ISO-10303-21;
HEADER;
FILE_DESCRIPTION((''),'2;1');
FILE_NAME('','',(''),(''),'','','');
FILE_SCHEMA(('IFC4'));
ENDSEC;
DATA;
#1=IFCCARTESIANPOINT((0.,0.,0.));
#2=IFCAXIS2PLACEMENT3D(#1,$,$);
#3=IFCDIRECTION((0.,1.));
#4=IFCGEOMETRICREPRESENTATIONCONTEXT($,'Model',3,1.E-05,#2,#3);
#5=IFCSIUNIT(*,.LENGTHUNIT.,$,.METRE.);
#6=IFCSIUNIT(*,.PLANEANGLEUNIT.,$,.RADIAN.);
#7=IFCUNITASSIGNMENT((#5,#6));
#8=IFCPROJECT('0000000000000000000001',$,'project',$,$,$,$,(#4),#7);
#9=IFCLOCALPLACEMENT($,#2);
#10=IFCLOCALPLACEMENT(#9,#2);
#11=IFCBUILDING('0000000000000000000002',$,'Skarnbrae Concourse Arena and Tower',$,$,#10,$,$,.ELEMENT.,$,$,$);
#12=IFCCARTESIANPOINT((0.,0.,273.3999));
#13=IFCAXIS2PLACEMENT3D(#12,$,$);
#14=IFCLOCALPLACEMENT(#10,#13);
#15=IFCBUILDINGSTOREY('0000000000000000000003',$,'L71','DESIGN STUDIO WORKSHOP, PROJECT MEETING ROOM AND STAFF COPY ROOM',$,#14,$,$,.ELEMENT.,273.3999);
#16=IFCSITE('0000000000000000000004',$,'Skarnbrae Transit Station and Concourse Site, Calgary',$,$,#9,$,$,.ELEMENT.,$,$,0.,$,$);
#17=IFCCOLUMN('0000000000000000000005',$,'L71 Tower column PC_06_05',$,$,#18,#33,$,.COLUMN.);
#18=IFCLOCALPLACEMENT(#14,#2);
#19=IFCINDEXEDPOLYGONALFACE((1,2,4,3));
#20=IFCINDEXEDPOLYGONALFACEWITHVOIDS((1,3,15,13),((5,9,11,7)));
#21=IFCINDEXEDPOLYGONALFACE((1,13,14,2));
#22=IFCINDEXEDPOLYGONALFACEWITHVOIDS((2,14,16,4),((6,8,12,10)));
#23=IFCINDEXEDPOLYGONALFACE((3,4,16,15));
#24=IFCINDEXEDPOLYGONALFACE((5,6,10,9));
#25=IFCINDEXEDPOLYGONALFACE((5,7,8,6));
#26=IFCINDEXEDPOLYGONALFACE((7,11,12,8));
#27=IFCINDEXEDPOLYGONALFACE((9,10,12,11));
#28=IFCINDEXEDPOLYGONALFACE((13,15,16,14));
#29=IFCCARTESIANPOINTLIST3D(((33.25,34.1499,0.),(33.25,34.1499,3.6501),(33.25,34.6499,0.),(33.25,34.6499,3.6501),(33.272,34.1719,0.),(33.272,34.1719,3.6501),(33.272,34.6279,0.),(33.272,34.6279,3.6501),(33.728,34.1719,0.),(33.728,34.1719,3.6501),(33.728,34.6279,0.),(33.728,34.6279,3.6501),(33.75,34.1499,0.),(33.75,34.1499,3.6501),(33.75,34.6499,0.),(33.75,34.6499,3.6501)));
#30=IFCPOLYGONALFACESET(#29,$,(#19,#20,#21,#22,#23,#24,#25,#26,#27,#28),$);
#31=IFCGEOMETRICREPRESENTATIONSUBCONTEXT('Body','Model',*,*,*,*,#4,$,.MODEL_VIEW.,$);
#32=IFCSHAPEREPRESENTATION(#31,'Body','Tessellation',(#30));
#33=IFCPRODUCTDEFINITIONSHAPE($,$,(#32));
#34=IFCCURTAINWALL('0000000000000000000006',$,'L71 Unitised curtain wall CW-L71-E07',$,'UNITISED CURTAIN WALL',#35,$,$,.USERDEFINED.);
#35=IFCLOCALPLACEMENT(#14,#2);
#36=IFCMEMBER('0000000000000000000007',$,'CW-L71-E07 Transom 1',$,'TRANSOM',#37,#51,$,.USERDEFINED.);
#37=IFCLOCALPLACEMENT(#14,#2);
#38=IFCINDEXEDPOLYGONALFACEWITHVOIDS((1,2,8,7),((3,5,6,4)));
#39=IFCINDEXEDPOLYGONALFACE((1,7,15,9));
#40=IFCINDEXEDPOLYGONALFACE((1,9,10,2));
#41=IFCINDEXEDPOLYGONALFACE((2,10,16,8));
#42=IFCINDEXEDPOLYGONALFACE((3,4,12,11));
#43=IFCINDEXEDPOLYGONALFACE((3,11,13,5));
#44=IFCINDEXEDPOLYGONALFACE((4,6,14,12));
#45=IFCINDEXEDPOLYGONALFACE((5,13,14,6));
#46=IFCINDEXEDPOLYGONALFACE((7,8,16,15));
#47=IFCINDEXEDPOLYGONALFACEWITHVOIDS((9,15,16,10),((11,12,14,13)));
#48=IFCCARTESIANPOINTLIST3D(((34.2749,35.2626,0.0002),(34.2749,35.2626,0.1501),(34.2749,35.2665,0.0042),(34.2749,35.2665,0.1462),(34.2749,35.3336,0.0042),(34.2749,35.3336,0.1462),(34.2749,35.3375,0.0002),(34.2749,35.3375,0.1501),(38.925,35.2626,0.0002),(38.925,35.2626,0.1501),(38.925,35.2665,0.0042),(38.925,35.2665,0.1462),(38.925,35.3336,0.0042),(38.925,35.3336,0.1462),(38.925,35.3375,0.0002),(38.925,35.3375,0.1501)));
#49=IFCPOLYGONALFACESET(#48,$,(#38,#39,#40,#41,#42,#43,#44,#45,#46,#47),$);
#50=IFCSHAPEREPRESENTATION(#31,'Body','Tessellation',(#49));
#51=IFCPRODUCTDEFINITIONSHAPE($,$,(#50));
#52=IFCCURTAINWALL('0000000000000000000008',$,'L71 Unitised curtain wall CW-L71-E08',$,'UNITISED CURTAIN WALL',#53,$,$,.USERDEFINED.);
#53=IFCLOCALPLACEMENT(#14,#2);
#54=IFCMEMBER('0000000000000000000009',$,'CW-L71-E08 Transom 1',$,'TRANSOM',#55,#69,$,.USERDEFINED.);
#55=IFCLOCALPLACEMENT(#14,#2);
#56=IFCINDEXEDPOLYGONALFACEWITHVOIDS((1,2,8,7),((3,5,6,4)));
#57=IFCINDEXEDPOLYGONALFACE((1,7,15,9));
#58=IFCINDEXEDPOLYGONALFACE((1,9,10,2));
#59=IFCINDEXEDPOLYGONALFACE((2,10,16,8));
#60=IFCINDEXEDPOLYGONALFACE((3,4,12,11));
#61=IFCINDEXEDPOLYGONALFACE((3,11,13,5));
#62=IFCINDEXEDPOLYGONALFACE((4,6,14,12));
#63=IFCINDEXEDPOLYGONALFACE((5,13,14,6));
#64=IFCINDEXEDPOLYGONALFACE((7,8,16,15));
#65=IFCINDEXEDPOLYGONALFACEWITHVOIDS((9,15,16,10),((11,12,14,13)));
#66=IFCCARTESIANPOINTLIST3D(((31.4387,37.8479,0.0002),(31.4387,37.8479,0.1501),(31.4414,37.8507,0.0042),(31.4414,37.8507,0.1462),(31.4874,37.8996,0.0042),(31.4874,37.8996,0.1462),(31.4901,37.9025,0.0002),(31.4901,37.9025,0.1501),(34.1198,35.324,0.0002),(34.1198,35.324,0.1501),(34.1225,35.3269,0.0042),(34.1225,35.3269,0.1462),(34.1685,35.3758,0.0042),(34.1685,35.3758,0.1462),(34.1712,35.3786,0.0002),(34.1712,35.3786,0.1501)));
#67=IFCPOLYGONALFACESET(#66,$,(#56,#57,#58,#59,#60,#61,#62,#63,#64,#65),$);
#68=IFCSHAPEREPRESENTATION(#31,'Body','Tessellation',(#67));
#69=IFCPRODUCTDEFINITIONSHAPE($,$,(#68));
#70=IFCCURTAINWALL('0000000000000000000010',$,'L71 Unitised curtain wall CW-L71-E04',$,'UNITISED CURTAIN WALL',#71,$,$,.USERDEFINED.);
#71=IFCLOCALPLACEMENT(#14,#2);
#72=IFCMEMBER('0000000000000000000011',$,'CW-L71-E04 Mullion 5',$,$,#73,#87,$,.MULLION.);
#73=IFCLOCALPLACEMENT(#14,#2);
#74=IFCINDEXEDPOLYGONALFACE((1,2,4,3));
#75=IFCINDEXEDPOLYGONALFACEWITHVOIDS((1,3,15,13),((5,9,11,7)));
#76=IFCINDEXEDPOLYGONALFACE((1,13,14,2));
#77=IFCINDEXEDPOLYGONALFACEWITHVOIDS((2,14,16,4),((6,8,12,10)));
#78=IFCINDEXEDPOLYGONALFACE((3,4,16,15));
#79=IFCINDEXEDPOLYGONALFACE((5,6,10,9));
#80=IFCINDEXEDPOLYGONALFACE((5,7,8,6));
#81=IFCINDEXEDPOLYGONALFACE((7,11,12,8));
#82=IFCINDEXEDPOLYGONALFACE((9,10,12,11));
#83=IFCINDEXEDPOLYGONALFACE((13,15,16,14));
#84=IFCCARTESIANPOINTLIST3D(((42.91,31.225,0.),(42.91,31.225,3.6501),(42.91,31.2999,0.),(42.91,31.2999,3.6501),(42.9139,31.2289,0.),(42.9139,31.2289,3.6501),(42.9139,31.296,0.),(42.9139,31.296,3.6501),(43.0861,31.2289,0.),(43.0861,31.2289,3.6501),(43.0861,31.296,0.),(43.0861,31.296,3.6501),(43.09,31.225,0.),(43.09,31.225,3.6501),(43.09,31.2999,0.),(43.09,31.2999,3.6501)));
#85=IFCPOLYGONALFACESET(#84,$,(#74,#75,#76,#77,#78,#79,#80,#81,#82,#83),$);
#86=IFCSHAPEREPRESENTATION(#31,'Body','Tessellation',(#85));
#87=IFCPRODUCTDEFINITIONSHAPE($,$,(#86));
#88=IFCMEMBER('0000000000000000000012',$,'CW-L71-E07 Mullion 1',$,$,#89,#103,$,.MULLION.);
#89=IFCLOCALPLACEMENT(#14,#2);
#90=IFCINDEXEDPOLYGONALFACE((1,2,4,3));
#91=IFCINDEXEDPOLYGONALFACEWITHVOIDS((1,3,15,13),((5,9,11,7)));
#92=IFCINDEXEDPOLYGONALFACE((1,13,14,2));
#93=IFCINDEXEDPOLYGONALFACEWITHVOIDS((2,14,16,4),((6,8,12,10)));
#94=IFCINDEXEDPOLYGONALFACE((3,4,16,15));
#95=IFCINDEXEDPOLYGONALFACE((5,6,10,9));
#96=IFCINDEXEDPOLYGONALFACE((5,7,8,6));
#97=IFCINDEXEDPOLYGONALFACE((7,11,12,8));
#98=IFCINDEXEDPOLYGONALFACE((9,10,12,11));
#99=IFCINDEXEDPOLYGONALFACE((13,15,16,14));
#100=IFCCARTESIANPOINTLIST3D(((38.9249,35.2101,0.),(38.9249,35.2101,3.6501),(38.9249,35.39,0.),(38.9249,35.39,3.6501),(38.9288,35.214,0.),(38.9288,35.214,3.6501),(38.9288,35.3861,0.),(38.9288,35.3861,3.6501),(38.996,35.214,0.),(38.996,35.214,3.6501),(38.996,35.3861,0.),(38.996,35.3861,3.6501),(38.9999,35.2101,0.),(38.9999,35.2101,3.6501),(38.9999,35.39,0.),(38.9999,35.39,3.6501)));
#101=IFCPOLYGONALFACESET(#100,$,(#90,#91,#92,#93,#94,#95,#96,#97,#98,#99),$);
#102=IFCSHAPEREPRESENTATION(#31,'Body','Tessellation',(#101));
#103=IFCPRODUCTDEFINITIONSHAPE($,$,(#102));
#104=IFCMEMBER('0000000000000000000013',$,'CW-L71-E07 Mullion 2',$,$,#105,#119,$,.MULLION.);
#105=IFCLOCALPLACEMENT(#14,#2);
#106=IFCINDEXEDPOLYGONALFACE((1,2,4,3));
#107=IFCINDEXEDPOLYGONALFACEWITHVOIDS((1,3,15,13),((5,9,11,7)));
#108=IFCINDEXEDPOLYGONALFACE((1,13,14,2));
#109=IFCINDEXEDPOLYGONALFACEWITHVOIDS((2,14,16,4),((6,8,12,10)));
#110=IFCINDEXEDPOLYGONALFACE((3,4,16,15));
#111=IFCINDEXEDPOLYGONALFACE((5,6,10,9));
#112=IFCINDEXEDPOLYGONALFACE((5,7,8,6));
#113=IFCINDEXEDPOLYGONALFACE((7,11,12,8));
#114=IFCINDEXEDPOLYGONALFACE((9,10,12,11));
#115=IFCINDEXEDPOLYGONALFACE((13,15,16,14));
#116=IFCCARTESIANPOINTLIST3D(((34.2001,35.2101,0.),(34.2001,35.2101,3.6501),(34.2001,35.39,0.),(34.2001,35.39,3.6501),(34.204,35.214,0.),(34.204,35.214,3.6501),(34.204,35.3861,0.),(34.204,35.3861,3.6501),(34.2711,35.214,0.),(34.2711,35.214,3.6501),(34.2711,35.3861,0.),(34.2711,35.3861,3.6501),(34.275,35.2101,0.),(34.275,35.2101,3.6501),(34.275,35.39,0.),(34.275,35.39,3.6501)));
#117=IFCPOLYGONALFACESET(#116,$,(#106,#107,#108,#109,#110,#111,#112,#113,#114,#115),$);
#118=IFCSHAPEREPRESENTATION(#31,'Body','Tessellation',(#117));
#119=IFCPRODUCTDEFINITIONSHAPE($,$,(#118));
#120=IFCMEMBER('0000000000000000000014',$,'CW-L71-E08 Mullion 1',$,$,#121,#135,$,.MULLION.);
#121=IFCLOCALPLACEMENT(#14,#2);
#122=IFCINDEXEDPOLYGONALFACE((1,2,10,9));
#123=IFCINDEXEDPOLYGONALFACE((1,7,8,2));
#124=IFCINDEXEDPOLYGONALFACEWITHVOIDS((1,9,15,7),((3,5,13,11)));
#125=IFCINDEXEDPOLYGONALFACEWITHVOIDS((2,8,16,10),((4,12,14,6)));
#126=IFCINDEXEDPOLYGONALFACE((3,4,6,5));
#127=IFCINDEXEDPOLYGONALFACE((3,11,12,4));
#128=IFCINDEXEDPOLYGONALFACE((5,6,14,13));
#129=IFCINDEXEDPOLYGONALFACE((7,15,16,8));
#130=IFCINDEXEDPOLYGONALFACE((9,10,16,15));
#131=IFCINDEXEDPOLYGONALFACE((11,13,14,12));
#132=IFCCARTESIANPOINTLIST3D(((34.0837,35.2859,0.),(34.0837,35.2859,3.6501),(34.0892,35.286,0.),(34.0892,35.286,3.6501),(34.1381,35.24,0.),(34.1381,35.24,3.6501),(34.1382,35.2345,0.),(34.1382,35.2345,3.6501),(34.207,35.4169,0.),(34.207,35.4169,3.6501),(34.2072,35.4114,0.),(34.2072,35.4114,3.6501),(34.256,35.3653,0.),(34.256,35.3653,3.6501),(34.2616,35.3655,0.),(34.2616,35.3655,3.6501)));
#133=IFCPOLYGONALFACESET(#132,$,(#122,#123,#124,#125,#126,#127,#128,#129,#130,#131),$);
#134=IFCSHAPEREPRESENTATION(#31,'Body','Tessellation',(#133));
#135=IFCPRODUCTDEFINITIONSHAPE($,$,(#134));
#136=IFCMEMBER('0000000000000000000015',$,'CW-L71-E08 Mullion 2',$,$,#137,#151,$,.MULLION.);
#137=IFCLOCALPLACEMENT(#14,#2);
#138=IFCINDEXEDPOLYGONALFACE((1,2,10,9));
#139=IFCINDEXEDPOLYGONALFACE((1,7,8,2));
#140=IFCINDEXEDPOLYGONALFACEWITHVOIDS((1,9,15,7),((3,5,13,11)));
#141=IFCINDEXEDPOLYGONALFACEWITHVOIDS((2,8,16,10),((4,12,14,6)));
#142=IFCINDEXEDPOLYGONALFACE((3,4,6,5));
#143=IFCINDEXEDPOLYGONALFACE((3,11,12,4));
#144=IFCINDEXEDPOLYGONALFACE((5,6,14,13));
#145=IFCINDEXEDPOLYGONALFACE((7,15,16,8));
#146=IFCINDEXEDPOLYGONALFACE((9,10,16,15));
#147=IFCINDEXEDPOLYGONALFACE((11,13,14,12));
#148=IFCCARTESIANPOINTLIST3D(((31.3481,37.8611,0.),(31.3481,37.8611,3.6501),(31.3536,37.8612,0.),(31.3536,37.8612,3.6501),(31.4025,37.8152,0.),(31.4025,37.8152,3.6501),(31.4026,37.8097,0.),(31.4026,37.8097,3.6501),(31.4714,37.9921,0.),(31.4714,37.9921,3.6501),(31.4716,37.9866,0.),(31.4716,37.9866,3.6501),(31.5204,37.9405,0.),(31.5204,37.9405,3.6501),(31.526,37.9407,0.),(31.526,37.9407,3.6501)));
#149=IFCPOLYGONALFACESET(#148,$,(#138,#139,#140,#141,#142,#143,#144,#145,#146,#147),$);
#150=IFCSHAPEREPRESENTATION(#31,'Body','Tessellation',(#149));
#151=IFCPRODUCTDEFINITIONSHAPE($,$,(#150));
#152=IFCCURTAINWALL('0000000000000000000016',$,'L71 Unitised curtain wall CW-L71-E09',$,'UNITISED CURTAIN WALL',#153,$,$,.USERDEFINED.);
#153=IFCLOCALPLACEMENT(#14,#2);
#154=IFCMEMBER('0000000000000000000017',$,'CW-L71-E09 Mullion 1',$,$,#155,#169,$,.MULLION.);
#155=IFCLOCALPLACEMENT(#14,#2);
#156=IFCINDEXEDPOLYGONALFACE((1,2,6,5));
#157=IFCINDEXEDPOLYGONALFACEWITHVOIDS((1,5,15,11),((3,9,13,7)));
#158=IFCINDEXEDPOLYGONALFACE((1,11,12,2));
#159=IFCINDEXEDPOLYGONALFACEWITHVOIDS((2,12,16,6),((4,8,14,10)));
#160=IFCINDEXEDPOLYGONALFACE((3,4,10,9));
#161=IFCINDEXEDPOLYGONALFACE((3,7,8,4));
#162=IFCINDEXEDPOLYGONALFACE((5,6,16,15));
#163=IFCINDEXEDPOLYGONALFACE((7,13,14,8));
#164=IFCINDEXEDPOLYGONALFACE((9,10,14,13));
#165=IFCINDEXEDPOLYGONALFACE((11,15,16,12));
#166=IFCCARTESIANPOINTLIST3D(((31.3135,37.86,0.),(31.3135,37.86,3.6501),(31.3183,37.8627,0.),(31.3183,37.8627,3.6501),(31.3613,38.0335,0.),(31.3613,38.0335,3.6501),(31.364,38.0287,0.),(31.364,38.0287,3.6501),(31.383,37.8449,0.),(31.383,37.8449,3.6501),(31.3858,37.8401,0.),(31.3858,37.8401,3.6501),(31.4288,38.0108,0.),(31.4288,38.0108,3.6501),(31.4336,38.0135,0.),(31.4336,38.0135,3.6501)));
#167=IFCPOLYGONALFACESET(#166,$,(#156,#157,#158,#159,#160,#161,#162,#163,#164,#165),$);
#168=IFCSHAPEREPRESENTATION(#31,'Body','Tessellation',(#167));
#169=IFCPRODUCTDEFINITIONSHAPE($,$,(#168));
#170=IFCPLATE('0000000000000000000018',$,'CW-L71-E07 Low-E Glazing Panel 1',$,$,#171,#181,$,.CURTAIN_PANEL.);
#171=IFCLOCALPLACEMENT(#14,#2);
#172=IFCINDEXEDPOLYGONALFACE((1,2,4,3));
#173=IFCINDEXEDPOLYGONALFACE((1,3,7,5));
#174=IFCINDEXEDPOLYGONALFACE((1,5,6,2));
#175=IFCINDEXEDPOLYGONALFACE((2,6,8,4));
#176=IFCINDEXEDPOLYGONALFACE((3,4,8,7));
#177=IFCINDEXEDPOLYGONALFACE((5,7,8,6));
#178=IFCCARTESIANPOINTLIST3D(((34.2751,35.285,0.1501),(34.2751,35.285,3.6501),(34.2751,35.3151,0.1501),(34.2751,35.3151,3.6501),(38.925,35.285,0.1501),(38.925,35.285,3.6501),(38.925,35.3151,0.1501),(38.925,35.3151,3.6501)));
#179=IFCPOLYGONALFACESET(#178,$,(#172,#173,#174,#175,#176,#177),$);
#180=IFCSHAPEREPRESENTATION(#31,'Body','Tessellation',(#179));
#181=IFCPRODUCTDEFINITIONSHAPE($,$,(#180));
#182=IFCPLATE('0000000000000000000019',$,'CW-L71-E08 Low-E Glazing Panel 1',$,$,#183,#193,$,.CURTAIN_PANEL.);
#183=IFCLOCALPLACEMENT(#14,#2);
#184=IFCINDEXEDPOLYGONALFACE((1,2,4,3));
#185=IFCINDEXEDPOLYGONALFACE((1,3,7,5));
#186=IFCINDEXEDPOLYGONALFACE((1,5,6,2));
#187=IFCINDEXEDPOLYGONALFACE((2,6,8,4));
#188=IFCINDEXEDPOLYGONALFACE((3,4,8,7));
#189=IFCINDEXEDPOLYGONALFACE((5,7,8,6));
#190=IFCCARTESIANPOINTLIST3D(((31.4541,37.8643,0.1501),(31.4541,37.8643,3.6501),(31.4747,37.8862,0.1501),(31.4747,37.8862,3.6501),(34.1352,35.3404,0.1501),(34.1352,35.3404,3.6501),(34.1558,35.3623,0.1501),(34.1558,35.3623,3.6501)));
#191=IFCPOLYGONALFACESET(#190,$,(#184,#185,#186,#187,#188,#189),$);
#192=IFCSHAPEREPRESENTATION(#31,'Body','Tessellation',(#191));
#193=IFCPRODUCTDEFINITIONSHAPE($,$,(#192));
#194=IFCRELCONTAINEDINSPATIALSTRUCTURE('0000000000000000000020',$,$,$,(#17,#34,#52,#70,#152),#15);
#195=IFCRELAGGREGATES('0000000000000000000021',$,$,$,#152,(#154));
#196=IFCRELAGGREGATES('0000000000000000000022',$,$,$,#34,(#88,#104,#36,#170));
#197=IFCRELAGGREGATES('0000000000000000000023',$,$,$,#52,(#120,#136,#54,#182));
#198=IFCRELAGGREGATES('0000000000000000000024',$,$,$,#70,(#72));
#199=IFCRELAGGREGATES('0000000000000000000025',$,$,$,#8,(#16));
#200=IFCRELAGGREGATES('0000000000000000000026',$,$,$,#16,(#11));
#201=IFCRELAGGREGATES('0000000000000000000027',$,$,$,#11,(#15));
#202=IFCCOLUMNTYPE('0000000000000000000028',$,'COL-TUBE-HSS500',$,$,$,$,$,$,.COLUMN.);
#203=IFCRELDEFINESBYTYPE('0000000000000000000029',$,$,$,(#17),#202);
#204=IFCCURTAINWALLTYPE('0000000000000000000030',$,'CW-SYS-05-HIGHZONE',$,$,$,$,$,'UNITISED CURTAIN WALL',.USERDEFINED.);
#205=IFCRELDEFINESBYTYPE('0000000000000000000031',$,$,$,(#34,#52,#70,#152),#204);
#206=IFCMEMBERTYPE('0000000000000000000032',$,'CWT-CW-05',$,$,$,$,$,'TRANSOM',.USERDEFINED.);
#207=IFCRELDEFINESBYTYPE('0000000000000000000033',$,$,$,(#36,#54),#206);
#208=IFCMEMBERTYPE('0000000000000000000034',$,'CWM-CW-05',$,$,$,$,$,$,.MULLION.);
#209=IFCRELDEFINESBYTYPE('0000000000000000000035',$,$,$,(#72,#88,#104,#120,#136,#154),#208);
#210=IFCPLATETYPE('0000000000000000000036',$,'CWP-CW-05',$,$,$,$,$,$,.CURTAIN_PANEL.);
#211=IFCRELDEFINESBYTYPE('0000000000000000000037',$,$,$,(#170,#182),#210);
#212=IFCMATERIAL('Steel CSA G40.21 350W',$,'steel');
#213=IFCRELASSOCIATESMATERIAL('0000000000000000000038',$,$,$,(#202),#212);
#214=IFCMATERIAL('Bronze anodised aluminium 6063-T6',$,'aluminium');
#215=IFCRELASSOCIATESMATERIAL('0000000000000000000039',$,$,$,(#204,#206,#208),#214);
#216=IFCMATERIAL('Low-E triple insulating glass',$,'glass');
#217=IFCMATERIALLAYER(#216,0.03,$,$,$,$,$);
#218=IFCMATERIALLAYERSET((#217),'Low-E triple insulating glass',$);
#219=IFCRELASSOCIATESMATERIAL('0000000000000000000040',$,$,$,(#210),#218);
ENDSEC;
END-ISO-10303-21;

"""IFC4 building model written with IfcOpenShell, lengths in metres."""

from ifc_helpers import new_model, si_unit, direction, frame, origin, origin_2d, place, context, subcontext, project, spatial, rectangle, hollow_rectangle, extrude, source, transform, mapped, material, layer, layer_set, material_profile, profile_set, type_object, element, aggregate, save


model = new_model("IFC4")

# Units and contexts
model_context = context("Model", 3, precision=1e-05, world=origin(), true_north=direction((0.0, 1.0)))
body_context = subcontext(model_context, "Body", "Model", "MODEL_VIEW")
ifc_project = project(units=[si_unit("LENGTHUNIT", "METRE"), si_unit("PLANEANGLEUNIT", "RADIAN")], contexts=[model_context])

# Site, building, storey
site_placement = place(None, origin())
site = spatial("IfcSite", under=ifc_project, at=site_placement, Name="Skarnbrae Transit Station and Concourse Site, Calgary", CompositionType="ELEMENT", RefElevation=0.0)
building_placement = place(site_placement, origin())
building = spatial("IfcBuilding", under=site, at=building_placement, Name="Skarnbrae Concourse Arena and Tower", CompositionType="ELEMENT")
storey_placement = place(building_placement, frame((0.0, 0.0, 273.3999)))
storey = spatial("IfcBuildingStorey", under=building, at=storey_placement, Name="L71", Description="DESIGN STUDIO WORKSHOP, PROJECT MEETING ROOM AND STAFF COPY ROOM", CompositionType="ELEMENT", Elevation=273.3999)

# Column
ifc_material_1 = material(Name="Steel CSA G40.21 350W", Category="steel")
ifc_material_profile_1 = material_profile(ifc_material_1, hollow_rectangle(XDim=0.5, YDim=0.5, WallThickness=0.022, at=origin_2d()), Name="HSS500X500X22.0")
ifc_profile_set_1 = profile_set([ifc_material_profile_1], Name="Steel CSA G40.21 350W")
column_type = type_object("IfcColumnType", Name="COL-TUBE-HSS500", PredefinedType="COLUMN", material=ifc_profile_set_1)
shared_shape_1 = source(origin(), body_context, "Body", "SweptSolid", [
    extrude(hollow_rectangle(XDim=0.5, YDim=0.5, WallThickness=0.022, at=origin_2d()), origin(), (0.0, 0.0, 1.0), 3.6501),
])
column_placement = place(storey_placement, frame((33.5, 34.3999, 0.0), z_axis=(0.0, 0.0, 1.0), x_axis=(1.0, 0.0, 0.0)))
element("IfcColumn", 1, at=column_placement, inside=storey, type_object=column_type, Name="L71 Tower column PC_06_05", PredefinedType="COLUMN", context=body_context, shape_type="MappedRepresentation", body=[
    mapped(shared_shape_1, transform((0.0, 0.0, 0.0))),
])

# Curtain walls, members
ifc_material_2 = material(Name="Bronze anodised aluminium 6063-T6", Category="aluminium")
curtain_wall_type = type_object("IfcCurtainWallType", Name="CW-SYS-05-HIGHZONE", ElementType="UNITISED CURTAIN WALL", PredefinedType="USERDEFINED", material=ifc_material_2)
curtain_wall_1_placement = place(storey_placement, origin())
curtain_wall_1 = element("IfcCurtainWall", 2, at=curtain_wall_1_placement, inside=storey, type_object=curtain_wall_type, Name="L71 Unitised curtain wall CW-L71-E07", ObjectType="UNITISED CURTAIN WALL", PredefinedType="USERDEFINED")
ifc_material_profile_2 = material_profile(ifc_material_2, hollow_rectangle(XDim=0.075, YDim=0.1499, WallThickness=0.0039, at=origin_2d()), Name="ALU-TRAN-75X150")
ifc_profile_set_2 = profile_set([ifc_material_profile_2], Name="Bronze anodised aluminium 6063-T6")
member_type_1 = type_object("IfcMemberType", Name="CWT-CW-05", ElementType="TRANSOM", PredefinedType="USERDEFINED", material=ifc_profile_set_2)
shared_shape_2 = source(origin(), body_context, "Body", "SweptSolid", [
    extrude(hollow_rectangle(XDim=0.075, YDim=0.1499, WallThickness=0.0039, at=origin_2d()), origin(), (0.0, 0.0, 1.0), 4.6501),
])
member_1_placement = place(storey_placement, frame((38.925, 35.3, 0.0752), z_axis=(-1.0, 0.0, 0.0), x_axis=(0.0, -1.0, 0.0)))
member_1 = element("IfcMember", 3, at=member_1_placement, type_object=member_type_1, Name="CW-L71-E07 Transom 1", ObjectType="TRANSOM", PredefinedType="USERDEFINED", context=body_context, shape_type="MappedRepresentation", body=[
    mapped(shared_shape_2, transform((0.0, 0.0, 0.0))),
])
curtain_wall_2_placement = place(storey_placement, origin())
curtain_wall_2 = element("IfcCurtainWall", 4, at=curtain_wall_2_placement, inside=storey, type_object=curtain_wall_type, Name="L71 Unitised curtain wall CW-L71-E08", ObjectType="UNITISED CURTAIN WALL", PredefinedType="USERDEFINED")
shared_shape_3 = source(origin(), body_context, "Body", "SweptSolid", [
    extrude(hollow_rectangle(XDim=0.075, YDim=0.1499, WallThickness=0.0039, at=origin_2d()), origin(), (0.0, 0.0, 1.0), 3.6821),
])
member_2_placement = place(storey_placement, frame((34.1455, 35.3513, 0.0752), z_axis=(-0.728134, 0.685435, 0.0), x_axis=(-0.685435, -0.728134, 0.0)))
member_2 = element("IfcMember", 5, at=member_2_placement, type_object=member_type_1, Name="CW-L71-E08 Transom 1", ObjectType="TRANSOM", PredefinedType="USERDEFINED", context=body_context, shape_type="MappedRepresentation", body=[
    mapped(shared_shape_3, transform((0.0, 0.0, 0.0))),
])
curtain_wall_3_placement = place(storey_placement, origin())
curtain_wall_3 = element("IfcCurtainWall", 6, at=curtain_wall_3_placement, inside=storey, type_object=curtain_wall_type, Name="L71 Unitised curtain wall CW-L71-E04", ObjectType="UNITISED CURTAIN WALL", PredefinedType="USERDEFINED")
ifc_material_profile_3 = material_profile(ifc_material_2, hollow_rectangle(XDim=0.075, YDim=0.1799, WallThickness=0.0039, at=origin_2d()), Name="ALU-MULL-75X180")
ifc_profile_set_3 = profile_set([ifc_material_profile_3], Name="Bronze anodised aluminium 6063-T6")
member_type_2 = type_object("IfcMemberType", Name="CWM-CW-05", PredefinedType="MULLION", material=ifc_profile_set_3)
shared_shape_4 = source(origin(), body_context, "Body", "SweptSolid", [
    extrude(hollow_rectangle(XDim=0.075, YDim=0.1799, WallThickness=0.0039, at=origin_2d()), origin(), (0.0, 0.0, 1.0), 3.6501),
])
member_3_placement = place(storey_placement, frame((43.0, 31.2625, 0.0), z_axis=(0.0, 0.0, 1.0), x_axis=(0.0, 1.0, 0.0)))
member_3 = element("IfcMember", 7, at=member_3_placement, type_object=member_type_2, Name="CW-L71-E04 Mullion 5", PredefinedType="MULLION", context=body_context, shape_type="MappedRepresentation", body=[
    mapped(shared_shape_4, transform((0.0, 0.0, 0.0))),
])

# Members
member_4_placement = place(storey_placement, frame((38.9624, 35.3, 0.0), z_axis=(0.0, 0.0, 1.0), x_axis=(-1.0, 0.0, 0.0)))
member_4 = element("IfcMember", 8, at=member_4_placement, type_object=member_type_2, Name="CW-L71-E07 Mullion 1", PredefinedType="MULLION", context=body_context, shape_type="MappedRepresentation", body=[
    mapped(shared_shape_4, transform((0.0, 0.0, 0.0))),
])
member_5_placement = place(storey_placement, frame((34.2375, 35.3, 0.0), z_axis=(0.0, 0.0, 1.0), x_axis=(-1.0, 0.0, 0.0)))
member_5 = element("IfcMember", 9, at=member_5_placement, type_object=member_type_2, Name="CW-L71-E07 Mullion 2", PredefinedType="MULLION", context=body_context, shape_type="MappedRepresentation", body=[
    mapped(shared_shape_4, transform((0.0, 0.0, 0.0))),
])
member_6_placement = place(storey_placement, frame((34.1726, 35.3257, 0.0), z_axis=(0.0, 0.0, 1.0), x_axis=(-0.728131, 0.685438, 0.0)))
member_6 = element("IfcMember", 10, at=member_6_placement, type_object=member_type_2, Name="CW-L71-E08 Mullion 1", PredefinedType="MULLION", context=body_context, shape_type="MappedRepresentation", body=[
    mapped(shared_shape_4, transform((0.0, 0.0, 0.0))),
])
member_7_placement = place(storey_placement, frame((31.437, 37.9009, 0.0), z_axis=(0.0, 0.0, 1.0), x_axis=(-0.728131, 0.685438, 0.0)))
member_7 = element("IfcMember", 11, at=member_7_placement, type_object=member_type_2, Name="CW-L71-E08 Mullion 2", PredefinedType="MULLION", context=body_context, shape_type="MappedRepresentation", body=[
    mapped(shared_shape_4, transform((0.0, 0.0, 0.0))),
])

# Curtain wall, member
curtain_wall_4_placement = place(storey_placement, origin())
curtain_wall_4 = element("IfcCurtainWall", 12, at=curtain_wall_4_placement, inside=storey, type_object=curtain_wall_type, Name="L71 Unitised curtain wall CW-L71-E09", ObjectType="UNITISED CURTAIN WALL", PredefinedType="USERDEFINED")
member_8_placement = place(storey_placement, frame((31.3735, 37.9368, 0.0), z_axis=(0.0, 0.0, 1.0), x_axis=(-0.964057, 0.265694, 0.0)))
member_8 = element("IfcMember", 13, at=member_8_placement, type_object=member_type_2, Name="CW-L71-E09 Mullion 1", PredefinedType="MULLION", context=body_context, shape_type="MappedRepresentation", body=[
    mapped(shared_shape_4, transform((0.0, 0.0, 0.0))),
])
aggregate(curtain_wall_4, [member_8])

# Plates
ifc_material_3 = material(Name="Low-E triple insulating glass", Category="glass")
ifc_layer_1 = layer(ifc_material_3, 0.03)
ifc_layer_set_1 = layer_set([ifc_layer_1], Name="Low-E triple insulating glass")
plate_type = type_object("IfcPlateType", Name="CWP-CW-05", PredefinedType="CURTAIN_PANEL", material=ifc_layer_set_1)
shared_shape_5 = source(origin(), body_context, "Body", "SweptSolid", [
    extrude(rectangle(XDim=4.6499, YDim=0.03, at=origin_2d()), origin(), (0.0, 0.0, 1.0), 3.5),
])
plate_1_placement = place(storey_placement, frame((36.6001, 35.3, 0.1501), z_axis=(0.0, 0.0, 1.0), x_axis=(-1.0, 0.0, 0.0)))
plate_1 = element("IfcPlate", 14, at=plate_1_placement, type_object=plate_type, Name="CW-L71-E07 Low-E Glazing Panel 1", PredefinedType="CURTAIN_PANEL", context=body_context, shape_type="MappedRepresentation", body=[
    mapped(shared_shape_5, transform((0.0, 0.0, 0.0))),
])
aggregate(curtain_wall_1, [member_4, member_5, member_1, plate_1])
shared_shape_6 = source(origin(), body_context, "Body", "SweptSolid", [
    extrude(rectangle(XDim=3.6821, YDim=0.03, at=origin_2d()), origin(), (0.0, 0.0, 1.0), 3.5),
])
plate_2_placement = place(storey_placement, frame((32.8049, 36.6133, 0.1501), z_axis=(0.0, 0.0, 1.0), x_axis=(-0.728131, 0.685438, 0.0)))
plate_2 = element("IfcPlate", 15, at=plate_2_placement, type_object=plate_type, Name="CW-L71-E08 Low-E Glazing Panel 1", PredefinedType="CURTAIN_PANEL", context=body_context, shape_type="MappedRepresentation", body=[
    mapped(shared_shape_6, transform((0.0, 0.0, 0.0))),
])
aggregate(curtain_wall_2, [member_6, member_7, member_2, plate_2])
aggregate(curtain_wall_3, [member_3])

save(model, "model.ifc")
